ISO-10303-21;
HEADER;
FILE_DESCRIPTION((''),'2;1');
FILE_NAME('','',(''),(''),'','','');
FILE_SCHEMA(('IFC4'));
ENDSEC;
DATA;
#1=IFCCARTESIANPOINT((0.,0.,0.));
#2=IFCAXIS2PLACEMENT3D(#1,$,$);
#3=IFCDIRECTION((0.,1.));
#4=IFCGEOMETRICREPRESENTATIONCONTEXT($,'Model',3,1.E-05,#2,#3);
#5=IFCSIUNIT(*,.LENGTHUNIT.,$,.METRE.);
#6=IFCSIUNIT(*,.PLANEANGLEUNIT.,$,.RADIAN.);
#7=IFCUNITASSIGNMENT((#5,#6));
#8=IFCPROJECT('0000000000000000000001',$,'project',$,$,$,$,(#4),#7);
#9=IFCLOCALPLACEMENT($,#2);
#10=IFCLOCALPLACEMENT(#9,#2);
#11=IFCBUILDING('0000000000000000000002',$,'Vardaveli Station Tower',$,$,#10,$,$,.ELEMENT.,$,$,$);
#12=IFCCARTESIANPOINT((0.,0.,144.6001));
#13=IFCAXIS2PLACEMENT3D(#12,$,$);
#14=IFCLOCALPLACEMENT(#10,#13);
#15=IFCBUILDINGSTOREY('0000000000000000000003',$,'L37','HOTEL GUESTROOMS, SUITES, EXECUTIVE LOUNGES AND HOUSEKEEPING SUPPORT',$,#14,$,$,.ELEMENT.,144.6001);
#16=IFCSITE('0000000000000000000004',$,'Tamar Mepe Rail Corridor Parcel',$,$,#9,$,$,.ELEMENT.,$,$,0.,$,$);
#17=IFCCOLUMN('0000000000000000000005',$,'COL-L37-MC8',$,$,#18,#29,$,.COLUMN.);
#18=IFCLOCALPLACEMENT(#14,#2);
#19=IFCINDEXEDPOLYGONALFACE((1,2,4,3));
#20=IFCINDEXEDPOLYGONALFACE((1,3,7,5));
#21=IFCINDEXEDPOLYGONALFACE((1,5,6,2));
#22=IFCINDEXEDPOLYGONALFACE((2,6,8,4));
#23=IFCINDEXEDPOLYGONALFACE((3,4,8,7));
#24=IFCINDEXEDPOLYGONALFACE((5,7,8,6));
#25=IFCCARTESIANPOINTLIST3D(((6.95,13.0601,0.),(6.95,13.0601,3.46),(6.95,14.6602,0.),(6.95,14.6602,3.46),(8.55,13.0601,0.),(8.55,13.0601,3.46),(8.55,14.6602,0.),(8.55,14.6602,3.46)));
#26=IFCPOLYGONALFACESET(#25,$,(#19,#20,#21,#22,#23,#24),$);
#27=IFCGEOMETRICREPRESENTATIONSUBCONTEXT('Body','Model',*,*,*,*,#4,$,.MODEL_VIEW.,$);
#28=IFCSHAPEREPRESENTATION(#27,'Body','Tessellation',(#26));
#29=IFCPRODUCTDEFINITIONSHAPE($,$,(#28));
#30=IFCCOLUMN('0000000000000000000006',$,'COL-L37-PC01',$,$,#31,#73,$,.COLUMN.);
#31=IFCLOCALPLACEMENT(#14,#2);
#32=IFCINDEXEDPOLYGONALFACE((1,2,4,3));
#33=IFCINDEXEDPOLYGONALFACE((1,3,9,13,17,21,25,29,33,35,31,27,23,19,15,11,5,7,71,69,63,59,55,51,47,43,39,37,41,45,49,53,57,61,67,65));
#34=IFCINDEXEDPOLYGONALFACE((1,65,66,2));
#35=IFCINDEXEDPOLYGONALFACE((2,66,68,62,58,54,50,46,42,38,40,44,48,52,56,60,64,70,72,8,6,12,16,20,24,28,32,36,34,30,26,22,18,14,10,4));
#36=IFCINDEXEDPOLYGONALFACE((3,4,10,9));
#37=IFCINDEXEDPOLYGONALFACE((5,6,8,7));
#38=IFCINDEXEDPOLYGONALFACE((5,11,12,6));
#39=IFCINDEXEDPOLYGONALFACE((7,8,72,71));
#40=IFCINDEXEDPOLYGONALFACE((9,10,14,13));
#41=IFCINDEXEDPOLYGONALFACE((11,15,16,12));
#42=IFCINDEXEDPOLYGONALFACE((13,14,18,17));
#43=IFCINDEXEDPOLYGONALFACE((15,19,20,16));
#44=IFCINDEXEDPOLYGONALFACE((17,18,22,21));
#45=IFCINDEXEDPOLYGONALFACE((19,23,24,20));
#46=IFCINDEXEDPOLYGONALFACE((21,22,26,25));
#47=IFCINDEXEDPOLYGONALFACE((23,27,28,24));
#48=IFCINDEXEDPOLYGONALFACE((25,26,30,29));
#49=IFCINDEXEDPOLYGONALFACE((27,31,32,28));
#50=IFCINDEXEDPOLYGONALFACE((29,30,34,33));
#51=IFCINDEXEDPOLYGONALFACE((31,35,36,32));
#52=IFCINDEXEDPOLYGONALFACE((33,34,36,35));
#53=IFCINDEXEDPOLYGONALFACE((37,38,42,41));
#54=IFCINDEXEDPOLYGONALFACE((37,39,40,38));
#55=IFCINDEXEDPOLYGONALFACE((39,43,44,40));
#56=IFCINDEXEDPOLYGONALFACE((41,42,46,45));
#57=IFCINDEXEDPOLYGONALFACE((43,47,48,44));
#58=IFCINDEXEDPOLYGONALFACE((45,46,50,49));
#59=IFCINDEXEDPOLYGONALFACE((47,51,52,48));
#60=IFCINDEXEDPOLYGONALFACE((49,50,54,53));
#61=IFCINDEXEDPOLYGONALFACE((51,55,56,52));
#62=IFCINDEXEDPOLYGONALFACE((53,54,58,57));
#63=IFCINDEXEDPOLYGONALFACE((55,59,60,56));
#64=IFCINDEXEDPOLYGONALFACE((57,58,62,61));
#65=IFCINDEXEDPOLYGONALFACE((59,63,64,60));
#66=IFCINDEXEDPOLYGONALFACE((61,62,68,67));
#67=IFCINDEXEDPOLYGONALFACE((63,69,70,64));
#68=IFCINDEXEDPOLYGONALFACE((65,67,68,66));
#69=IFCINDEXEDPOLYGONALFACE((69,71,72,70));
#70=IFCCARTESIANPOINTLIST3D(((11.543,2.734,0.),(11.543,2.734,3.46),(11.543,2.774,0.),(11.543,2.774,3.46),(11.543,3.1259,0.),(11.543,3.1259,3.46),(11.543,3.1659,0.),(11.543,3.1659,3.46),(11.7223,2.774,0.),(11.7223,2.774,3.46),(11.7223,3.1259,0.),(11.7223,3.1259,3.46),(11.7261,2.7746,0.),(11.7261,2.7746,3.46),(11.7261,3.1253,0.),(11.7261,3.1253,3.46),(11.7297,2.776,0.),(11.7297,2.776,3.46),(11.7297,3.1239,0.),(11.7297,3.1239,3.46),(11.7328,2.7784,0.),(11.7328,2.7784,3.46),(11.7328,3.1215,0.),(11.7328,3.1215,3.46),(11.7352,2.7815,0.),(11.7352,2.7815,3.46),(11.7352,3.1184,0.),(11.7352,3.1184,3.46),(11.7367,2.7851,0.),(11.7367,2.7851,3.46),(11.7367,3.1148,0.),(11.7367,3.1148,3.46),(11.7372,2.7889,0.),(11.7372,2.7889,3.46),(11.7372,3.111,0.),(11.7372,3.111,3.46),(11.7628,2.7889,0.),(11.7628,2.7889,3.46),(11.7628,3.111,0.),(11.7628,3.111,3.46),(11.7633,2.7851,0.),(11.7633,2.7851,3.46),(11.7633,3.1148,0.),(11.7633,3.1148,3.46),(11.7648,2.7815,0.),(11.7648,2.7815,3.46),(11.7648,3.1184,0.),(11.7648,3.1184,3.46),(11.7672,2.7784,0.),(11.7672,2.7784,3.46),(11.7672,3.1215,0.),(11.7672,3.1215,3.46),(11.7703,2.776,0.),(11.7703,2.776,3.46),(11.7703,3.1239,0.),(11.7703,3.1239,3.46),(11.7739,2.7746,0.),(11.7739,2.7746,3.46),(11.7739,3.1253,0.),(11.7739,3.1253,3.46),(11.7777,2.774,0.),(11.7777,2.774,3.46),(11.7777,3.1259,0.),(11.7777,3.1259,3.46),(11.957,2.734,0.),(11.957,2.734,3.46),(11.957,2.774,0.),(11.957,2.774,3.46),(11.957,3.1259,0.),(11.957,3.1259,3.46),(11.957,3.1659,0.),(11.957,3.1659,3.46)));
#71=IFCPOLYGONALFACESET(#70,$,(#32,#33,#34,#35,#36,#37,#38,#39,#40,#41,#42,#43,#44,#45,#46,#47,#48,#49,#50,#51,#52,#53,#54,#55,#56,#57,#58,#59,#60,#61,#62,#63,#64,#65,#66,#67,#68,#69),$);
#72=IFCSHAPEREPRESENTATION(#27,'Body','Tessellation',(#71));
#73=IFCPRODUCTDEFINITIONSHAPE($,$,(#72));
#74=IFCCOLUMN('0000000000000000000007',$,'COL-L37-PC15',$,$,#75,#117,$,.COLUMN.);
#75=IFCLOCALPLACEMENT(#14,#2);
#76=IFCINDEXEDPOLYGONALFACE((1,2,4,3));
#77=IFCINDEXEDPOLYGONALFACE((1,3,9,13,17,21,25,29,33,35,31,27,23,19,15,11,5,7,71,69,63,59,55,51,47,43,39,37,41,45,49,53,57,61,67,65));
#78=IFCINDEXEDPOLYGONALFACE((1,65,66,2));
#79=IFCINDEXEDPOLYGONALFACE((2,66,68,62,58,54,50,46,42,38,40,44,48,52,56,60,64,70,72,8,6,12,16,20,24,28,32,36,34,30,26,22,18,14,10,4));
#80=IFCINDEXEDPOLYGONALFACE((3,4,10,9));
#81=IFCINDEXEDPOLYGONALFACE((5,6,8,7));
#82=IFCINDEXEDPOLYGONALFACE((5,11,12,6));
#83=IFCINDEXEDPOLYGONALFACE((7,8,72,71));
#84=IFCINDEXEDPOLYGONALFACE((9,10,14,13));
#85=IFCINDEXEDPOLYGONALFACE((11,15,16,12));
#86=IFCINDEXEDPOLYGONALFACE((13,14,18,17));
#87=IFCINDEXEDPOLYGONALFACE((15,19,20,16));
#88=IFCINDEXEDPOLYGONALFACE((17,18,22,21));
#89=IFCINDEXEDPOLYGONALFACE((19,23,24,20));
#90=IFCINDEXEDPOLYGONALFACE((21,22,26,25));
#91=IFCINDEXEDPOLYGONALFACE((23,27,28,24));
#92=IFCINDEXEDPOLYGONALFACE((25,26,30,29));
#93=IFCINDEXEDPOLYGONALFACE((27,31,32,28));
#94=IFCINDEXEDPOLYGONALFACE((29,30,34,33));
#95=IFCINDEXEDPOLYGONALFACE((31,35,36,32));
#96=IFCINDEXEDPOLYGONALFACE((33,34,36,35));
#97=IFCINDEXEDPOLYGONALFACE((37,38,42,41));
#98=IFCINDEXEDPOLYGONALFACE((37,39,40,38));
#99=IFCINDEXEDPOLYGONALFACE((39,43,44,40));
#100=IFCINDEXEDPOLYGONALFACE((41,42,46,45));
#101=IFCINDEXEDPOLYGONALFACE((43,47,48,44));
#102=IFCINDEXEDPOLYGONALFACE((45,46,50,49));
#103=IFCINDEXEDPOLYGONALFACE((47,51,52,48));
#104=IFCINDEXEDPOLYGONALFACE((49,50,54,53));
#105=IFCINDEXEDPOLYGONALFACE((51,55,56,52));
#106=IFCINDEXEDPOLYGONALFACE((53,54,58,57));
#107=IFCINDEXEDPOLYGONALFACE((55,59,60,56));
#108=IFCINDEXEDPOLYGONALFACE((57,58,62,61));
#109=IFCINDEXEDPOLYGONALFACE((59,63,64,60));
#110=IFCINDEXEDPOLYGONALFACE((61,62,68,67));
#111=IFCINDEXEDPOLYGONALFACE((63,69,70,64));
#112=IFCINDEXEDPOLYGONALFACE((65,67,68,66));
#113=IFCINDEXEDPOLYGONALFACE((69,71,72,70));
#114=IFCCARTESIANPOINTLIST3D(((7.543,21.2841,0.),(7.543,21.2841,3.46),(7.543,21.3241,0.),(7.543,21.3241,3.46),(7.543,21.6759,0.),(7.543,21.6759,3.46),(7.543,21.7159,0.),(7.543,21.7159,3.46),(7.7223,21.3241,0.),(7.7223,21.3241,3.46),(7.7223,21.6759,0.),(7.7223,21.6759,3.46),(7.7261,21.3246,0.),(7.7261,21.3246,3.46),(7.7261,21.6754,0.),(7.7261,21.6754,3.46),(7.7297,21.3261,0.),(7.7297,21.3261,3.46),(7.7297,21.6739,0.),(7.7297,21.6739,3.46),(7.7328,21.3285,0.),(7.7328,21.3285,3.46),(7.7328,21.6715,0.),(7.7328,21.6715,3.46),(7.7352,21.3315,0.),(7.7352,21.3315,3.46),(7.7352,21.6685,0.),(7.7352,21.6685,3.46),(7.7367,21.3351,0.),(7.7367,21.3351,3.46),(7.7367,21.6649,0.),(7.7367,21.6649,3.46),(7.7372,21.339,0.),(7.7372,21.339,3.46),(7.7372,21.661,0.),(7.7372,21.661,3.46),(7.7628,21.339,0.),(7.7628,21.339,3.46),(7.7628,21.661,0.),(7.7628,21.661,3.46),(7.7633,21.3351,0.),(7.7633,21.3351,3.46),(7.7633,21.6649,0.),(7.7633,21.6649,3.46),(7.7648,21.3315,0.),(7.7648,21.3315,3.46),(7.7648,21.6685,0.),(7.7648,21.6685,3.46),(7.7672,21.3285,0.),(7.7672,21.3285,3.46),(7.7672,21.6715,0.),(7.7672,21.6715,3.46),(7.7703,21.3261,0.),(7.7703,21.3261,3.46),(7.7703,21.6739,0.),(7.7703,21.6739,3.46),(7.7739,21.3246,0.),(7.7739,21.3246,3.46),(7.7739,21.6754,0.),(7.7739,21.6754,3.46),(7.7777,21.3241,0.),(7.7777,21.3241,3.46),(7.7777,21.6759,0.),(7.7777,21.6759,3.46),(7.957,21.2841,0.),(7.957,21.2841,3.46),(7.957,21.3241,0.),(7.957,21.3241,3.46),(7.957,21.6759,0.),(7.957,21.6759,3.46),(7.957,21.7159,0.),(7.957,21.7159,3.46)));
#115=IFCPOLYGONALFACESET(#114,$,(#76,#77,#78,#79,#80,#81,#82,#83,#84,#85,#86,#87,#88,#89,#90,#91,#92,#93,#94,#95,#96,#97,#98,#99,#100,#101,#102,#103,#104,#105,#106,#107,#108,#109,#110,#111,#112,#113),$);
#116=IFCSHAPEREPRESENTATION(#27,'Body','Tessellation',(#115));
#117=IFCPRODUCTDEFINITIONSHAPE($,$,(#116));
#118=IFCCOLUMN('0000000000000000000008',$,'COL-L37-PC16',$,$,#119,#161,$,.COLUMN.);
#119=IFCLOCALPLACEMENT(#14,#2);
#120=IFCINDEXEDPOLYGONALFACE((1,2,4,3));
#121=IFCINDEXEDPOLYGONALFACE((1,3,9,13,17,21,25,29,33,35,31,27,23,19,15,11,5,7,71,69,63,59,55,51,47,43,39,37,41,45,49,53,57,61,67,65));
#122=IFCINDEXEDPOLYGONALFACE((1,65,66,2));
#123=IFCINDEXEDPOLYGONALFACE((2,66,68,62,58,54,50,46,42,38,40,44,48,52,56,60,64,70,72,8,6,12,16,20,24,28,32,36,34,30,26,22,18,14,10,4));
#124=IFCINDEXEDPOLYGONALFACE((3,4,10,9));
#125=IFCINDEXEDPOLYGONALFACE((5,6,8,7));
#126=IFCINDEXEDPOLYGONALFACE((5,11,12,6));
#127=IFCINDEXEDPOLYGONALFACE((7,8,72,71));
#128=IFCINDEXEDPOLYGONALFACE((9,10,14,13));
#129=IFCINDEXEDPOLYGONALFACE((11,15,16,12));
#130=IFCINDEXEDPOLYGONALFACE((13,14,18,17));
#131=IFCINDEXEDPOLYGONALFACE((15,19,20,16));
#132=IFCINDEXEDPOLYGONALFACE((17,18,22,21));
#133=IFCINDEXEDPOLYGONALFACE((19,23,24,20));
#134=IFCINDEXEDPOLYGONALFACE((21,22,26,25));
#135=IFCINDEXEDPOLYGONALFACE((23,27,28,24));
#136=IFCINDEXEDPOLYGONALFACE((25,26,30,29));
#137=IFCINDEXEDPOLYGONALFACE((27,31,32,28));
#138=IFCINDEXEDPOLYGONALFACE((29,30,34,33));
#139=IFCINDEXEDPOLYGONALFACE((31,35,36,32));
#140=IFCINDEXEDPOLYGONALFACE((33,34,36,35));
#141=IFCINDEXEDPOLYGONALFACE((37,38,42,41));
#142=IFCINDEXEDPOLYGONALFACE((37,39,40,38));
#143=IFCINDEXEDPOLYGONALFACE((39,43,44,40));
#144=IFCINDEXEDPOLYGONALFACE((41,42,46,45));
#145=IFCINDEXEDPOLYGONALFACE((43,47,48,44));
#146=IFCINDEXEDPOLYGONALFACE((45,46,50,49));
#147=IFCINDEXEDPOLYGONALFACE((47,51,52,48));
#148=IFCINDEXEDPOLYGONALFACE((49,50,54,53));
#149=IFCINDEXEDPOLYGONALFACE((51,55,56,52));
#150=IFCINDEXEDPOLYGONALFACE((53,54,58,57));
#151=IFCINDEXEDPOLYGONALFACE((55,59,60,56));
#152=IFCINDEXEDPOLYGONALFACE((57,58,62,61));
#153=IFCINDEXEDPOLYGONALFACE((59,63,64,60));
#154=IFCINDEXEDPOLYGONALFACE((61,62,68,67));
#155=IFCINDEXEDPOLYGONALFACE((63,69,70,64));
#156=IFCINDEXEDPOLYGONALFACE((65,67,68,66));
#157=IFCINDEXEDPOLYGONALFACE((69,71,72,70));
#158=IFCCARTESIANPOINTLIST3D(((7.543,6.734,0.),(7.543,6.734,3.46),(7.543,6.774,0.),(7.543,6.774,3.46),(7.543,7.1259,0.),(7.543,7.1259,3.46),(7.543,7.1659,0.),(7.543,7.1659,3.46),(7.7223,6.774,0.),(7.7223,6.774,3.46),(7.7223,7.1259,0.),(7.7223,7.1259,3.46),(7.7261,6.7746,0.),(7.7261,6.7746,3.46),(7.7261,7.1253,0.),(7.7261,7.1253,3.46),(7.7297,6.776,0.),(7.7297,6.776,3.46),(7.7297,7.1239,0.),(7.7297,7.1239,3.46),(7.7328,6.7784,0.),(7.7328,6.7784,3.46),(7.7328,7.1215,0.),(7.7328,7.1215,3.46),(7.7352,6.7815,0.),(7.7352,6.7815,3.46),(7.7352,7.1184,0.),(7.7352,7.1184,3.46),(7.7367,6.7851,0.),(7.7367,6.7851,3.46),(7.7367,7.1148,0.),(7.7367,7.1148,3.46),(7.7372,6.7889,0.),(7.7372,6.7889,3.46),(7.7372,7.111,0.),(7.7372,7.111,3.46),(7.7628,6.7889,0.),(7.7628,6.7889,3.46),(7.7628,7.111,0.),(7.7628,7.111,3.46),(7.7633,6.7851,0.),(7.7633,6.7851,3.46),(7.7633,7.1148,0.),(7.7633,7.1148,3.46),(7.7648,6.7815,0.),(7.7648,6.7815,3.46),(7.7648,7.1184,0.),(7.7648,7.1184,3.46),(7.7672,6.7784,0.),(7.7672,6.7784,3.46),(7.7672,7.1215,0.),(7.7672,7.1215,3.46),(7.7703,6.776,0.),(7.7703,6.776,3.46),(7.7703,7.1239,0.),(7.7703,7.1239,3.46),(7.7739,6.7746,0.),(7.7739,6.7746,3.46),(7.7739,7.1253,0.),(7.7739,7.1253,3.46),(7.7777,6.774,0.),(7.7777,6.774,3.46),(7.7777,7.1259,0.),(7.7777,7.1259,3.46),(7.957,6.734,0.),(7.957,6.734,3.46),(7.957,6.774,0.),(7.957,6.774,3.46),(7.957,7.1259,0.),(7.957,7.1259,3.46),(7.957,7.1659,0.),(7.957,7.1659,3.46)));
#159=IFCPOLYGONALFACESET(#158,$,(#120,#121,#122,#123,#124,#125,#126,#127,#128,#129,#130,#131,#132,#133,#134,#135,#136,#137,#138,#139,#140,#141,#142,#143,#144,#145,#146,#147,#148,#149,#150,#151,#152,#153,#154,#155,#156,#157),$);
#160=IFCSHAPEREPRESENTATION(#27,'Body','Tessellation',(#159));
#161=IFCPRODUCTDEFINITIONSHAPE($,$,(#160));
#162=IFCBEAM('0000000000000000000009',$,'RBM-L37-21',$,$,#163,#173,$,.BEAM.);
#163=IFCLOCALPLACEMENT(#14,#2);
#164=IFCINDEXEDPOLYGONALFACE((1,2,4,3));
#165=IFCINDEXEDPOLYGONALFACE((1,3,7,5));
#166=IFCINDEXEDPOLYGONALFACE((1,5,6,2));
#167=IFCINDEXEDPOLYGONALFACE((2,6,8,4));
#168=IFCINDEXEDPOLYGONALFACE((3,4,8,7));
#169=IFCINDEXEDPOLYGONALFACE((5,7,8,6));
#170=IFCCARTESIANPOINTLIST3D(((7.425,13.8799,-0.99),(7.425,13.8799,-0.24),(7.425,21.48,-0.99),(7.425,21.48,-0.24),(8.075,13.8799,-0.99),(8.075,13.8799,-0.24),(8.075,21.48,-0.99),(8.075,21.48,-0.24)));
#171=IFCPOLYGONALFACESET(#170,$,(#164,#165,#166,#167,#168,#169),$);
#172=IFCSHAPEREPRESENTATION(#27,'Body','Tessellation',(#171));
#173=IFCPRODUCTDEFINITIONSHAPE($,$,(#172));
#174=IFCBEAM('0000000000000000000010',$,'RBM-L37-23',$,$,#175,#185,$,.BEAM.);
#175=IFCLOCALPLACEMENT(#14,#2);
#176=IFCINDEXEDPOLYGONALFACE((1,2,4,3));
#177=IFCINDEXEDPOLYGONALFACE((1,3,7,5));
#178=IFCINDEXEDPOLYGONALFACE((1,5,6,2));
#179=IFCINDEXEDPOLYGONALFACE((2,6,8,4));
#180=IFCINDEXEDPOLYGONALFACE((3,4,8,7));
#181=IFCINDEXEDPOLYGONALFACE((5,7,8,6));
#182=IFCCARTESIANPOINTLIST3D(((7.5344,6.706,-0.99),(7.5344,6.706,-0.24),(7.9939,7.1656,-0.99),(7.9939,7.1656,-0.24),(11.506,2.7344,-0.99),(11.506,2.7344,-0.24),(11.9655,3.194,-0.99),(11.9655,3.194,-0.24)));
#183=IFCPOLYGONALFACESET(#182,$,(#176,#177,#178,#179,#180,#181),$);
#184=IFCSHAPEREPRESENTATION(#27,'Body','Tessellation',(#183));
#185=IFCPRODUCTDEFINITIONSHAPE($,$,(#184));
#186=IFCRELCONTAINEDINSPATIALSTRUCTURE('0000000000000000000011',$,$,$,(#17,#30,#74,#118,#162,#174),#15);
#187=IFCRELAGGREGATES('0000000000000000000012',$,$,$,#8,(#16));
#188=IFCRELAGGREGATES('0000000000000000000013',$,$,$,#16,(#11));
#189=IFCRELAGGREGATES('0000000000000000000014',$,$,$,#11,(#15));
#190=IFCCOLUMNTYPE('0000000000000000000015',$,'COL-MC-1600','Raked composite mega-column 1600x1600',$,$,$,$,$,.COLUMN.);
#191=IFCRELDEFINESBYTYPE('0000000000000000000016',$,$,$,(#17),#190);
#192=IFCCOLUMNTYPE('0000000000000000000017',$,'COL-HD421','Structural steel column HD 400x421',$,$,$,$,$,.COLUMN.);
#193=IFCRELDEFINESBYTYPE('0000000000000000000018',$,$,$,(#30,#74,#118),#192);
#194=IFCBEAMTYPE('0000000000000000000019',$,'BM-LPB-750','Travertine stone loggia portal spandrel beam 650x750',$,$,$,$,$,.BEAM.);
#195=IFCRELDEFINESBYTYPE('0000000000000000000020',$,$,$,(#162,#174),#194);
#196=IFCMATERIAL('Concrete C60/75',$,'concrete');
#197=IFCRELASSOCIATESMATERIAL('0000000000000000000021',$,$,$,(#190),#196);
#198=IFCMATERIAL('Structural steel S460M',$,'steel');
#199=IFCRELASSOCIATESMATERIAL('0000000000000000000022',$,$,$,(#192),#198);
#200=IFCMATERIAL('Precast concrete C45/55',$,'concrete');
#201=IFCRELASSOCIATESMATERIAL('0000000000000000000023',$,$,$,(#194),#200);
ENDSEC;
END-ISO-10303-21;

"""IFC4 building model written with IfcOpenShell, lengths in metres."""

from ifc_helpers import new_model, si_unit, direction, frame, origin, origin_2d, place, context, subcontext, project, spatial, rectangle, i_section, extrude, source, transform, mapped, material, material_profile, profile_set, type_object, element, save


model = new_model("IFC4")

# Units and contexts
model_context = context("Model", 3, precision=1e-05, world=origin(), true_north=direction((0.0, 1.0)))
body_context = subcontext(model_context, "Body", "Model", "MODEL_VIEW")
ifc_project = project(units=[si_unit("LENGTHUNIT", "METRE"), si_unit("PLANEANGLEUNIT", "RADIAN")], contexts=[model_context])

# Site, building, storey
site_placement = place(None, origin())
site = spatial("IfcSite", under=ifc_project, at=site_placement, Name="Tamar Mepe Rail Corridor Parcel", CompositionType="ELEMENT", RefElevation=0.0)
building_placement = place(site_placement, origin())
building = spatial("IfcBuilding", under=site, at=building_placement, Name="Vardaveli Station Tower", CompositionType="ELEMENT")
storey_placement = place(building_placement, frame((0.0, 0.0, 144.6001)))
storey = spatial("IfcBuildingStorey", under=building, at=storey_placement, Name="L37", Description="HOTEL GUESTROOMS, SUITES, EXECUTIVE LOUNGES AND HOUSEKEEPING SUPPORT", CompositionType="ELEMENT", Elevation=144.6001)

# Columns
ifc_material_1 = material(Name="Concrete C60/75", Category="concrete")
ifc_material_profile_1 = material_profile(ifc_material_1, rectangle(XDim=1.6001, YDim=1.6001, at=origin_2d()), Name="MC 1600x1600")
ifc_profile_set_1 = profile_set([ifc_material_profile_1], Name="Concrete C60/75")
column_type_1 = type_object("IfcColumnType", Name="COL-MC-1600", Description="Raked composite mega-column 1600x1600", PredefinedType="COLUMN", material=ifc_profile_set_1)
shared_shape_1 = source(origin(), body_context, "Body", "SweptSolid", [
    extrude(rectangle(XDim=1.6001, YDim=1.6001, at=origin_2d()), origin(), (0.0, 0.0, 1.0), 3.46),
])
column_placement = place(storey_placement, frame((7.75, 13.8601, 0.0), z_axis=(0.0, 0.0, 1.0), x_axis=(1.0, 0.0, 0.0)))
element("IfcColumn", 1, at=column_placement, inside=storey, type_object=column_type_1, Name="COL-L37-MC8", PredefinedType="COLUMN", context=body_context, shape_type="MappedRepresentation", body=[
    mapped(shared_shape_1, transform((0.0, 0.0, 0.0), scale=1.0)),
])
ifc_material_2 = material(Name="Structural steel S460M", Category="steel")
ifc_material_profile_2 = material_profile(ifc_material_2, i_section(OverallWidth=0.4141, OverallDepth=0.4319, WebThickness=0.0256, FlangeThickness=0.04, FilletRadius=0.0149, at=origin_2d()), Name="HD 400x421")
ifc_profile_set_2 = profile_set([ifc_material_profile_2], Name="Structural steel S460M")
column_type_2 = type_object("IfcColumnType", Name="COL-HD421", Description="Structural steel column HD 400x421", PredefinedType="COLUMN", material=ifc_profile_set_2)
shared_shape_2 = source(origin(), body_context, "Body", "SweptSolid", [
    extrude(i_section(OverallWidth=0.4141, OverallDepth=0.4319, WebThickness=0.0256, FlangeThickness=0.04, FilletRadius=0.0149, at=origin_2d()), origin(), (0.0, 0.0, 1.0), 3.46),
])
for number, where, z_axis, x_axis, name in (
    (2, (11.75, 2.95, 0.0), (0.0, 0.0, 1.0), (1.0, 0.0, 0.0), "COL-L37-PC01"),
    (3, (7.75, 21.5, 0.0), (0.0, 0.0, 1.0), (1.0, 0.0, 0.0), "COL-L37-PC15"),
    (4, (7.75, 6.95, 0.0), (0.0, 0.0, 1.0), (1.0, 0.0, 0.0), "COL-L37-PC16"),
):
    element("IfcColumn", number, at=place(storey_placement, frame(where, z_axis=z_axis, x_axis=x_axis)), inside=storey, type_object=column_type_2, Name=name, PredefinedType="COLUMN", context=body_context, shape_type="MappedRepresentation", body=[
        mapped(shared_shape_2, transform((0.0, 0.0, 0.0), scale=1.0)),
    ])

# Beams
ifc_material_3 = material(Name="Precast concrete C45/55", Category="concrete")
ifc_material_profile_3 = material_profile(ifc_material_3, rectangle(XDim=0.6499, YDim=0.75, at=origin_2d()), Name="LPB 650x750")
ifc_profile_set_3 = profile_set([ifc_material_profile_3], Name="Precast concrete C45/55")
beam_type_1 = type_object("IfcBeamType", Name="BM-LPB-750", Description="Travertine stone loggia portal spandrel beam 650x750", PredefinedType="BEAM", material=ifc_profile_set_3)
shared_shape_3 = source(origin(), body_context, "Body", "SweptSolid", [
    extrude(rectangle(XDim=0.6499, YDim=0.75, at=origin_2d()), origin(), (0.0, 0.0, 1.0), 7.6001),
])
beam_1_placement = place(storey_placement, frame((7.75, 21.48, -0.615), z_axis=(0.0, -1.0, 0.0), x_axis=(1.0, 0.0, 0.0)))
element("IfcBeam", 5, at=beam_1_placement, inside=storey, type_object=beam_type_1, Name="RBM-L37-21", PredefinedType="BEAM", context=body_context, shape_type="MappedRepresentation", body=[
    mapped(shared_shape_3, transform((0.0, 0.0, 0.0), scale=1.0)),
])
shared_shape_4 = source(origin(), body_context, "Body", "SweptSolid", [
    extrude(rectangle(XDim=0.6499, YDim=0.75, at=origin_2d()), origin(), (0.0, 0.0, 1.0), 5.6167),
])
beam_2_placement = place(storey_placement, frame((7.7642, 6.9358, -0.615), z_axis=(0.707107, -0.707107, 0.0), x_axis=(0.707107, 0.707107, 0.0)))
element("IfcBeam", 6, at=beam_2_placement, inside=storey, type_object=beam_type_1, Name="RBM-L37-23", PredefinedType="BEAM", context=body_context, shape_type="MappedRepresentation", body=[
    mapped(shared_shape_4, transform((0.0, 0.0, 0.0), scale=1.0)),
])

save(model, "model.ifc")
